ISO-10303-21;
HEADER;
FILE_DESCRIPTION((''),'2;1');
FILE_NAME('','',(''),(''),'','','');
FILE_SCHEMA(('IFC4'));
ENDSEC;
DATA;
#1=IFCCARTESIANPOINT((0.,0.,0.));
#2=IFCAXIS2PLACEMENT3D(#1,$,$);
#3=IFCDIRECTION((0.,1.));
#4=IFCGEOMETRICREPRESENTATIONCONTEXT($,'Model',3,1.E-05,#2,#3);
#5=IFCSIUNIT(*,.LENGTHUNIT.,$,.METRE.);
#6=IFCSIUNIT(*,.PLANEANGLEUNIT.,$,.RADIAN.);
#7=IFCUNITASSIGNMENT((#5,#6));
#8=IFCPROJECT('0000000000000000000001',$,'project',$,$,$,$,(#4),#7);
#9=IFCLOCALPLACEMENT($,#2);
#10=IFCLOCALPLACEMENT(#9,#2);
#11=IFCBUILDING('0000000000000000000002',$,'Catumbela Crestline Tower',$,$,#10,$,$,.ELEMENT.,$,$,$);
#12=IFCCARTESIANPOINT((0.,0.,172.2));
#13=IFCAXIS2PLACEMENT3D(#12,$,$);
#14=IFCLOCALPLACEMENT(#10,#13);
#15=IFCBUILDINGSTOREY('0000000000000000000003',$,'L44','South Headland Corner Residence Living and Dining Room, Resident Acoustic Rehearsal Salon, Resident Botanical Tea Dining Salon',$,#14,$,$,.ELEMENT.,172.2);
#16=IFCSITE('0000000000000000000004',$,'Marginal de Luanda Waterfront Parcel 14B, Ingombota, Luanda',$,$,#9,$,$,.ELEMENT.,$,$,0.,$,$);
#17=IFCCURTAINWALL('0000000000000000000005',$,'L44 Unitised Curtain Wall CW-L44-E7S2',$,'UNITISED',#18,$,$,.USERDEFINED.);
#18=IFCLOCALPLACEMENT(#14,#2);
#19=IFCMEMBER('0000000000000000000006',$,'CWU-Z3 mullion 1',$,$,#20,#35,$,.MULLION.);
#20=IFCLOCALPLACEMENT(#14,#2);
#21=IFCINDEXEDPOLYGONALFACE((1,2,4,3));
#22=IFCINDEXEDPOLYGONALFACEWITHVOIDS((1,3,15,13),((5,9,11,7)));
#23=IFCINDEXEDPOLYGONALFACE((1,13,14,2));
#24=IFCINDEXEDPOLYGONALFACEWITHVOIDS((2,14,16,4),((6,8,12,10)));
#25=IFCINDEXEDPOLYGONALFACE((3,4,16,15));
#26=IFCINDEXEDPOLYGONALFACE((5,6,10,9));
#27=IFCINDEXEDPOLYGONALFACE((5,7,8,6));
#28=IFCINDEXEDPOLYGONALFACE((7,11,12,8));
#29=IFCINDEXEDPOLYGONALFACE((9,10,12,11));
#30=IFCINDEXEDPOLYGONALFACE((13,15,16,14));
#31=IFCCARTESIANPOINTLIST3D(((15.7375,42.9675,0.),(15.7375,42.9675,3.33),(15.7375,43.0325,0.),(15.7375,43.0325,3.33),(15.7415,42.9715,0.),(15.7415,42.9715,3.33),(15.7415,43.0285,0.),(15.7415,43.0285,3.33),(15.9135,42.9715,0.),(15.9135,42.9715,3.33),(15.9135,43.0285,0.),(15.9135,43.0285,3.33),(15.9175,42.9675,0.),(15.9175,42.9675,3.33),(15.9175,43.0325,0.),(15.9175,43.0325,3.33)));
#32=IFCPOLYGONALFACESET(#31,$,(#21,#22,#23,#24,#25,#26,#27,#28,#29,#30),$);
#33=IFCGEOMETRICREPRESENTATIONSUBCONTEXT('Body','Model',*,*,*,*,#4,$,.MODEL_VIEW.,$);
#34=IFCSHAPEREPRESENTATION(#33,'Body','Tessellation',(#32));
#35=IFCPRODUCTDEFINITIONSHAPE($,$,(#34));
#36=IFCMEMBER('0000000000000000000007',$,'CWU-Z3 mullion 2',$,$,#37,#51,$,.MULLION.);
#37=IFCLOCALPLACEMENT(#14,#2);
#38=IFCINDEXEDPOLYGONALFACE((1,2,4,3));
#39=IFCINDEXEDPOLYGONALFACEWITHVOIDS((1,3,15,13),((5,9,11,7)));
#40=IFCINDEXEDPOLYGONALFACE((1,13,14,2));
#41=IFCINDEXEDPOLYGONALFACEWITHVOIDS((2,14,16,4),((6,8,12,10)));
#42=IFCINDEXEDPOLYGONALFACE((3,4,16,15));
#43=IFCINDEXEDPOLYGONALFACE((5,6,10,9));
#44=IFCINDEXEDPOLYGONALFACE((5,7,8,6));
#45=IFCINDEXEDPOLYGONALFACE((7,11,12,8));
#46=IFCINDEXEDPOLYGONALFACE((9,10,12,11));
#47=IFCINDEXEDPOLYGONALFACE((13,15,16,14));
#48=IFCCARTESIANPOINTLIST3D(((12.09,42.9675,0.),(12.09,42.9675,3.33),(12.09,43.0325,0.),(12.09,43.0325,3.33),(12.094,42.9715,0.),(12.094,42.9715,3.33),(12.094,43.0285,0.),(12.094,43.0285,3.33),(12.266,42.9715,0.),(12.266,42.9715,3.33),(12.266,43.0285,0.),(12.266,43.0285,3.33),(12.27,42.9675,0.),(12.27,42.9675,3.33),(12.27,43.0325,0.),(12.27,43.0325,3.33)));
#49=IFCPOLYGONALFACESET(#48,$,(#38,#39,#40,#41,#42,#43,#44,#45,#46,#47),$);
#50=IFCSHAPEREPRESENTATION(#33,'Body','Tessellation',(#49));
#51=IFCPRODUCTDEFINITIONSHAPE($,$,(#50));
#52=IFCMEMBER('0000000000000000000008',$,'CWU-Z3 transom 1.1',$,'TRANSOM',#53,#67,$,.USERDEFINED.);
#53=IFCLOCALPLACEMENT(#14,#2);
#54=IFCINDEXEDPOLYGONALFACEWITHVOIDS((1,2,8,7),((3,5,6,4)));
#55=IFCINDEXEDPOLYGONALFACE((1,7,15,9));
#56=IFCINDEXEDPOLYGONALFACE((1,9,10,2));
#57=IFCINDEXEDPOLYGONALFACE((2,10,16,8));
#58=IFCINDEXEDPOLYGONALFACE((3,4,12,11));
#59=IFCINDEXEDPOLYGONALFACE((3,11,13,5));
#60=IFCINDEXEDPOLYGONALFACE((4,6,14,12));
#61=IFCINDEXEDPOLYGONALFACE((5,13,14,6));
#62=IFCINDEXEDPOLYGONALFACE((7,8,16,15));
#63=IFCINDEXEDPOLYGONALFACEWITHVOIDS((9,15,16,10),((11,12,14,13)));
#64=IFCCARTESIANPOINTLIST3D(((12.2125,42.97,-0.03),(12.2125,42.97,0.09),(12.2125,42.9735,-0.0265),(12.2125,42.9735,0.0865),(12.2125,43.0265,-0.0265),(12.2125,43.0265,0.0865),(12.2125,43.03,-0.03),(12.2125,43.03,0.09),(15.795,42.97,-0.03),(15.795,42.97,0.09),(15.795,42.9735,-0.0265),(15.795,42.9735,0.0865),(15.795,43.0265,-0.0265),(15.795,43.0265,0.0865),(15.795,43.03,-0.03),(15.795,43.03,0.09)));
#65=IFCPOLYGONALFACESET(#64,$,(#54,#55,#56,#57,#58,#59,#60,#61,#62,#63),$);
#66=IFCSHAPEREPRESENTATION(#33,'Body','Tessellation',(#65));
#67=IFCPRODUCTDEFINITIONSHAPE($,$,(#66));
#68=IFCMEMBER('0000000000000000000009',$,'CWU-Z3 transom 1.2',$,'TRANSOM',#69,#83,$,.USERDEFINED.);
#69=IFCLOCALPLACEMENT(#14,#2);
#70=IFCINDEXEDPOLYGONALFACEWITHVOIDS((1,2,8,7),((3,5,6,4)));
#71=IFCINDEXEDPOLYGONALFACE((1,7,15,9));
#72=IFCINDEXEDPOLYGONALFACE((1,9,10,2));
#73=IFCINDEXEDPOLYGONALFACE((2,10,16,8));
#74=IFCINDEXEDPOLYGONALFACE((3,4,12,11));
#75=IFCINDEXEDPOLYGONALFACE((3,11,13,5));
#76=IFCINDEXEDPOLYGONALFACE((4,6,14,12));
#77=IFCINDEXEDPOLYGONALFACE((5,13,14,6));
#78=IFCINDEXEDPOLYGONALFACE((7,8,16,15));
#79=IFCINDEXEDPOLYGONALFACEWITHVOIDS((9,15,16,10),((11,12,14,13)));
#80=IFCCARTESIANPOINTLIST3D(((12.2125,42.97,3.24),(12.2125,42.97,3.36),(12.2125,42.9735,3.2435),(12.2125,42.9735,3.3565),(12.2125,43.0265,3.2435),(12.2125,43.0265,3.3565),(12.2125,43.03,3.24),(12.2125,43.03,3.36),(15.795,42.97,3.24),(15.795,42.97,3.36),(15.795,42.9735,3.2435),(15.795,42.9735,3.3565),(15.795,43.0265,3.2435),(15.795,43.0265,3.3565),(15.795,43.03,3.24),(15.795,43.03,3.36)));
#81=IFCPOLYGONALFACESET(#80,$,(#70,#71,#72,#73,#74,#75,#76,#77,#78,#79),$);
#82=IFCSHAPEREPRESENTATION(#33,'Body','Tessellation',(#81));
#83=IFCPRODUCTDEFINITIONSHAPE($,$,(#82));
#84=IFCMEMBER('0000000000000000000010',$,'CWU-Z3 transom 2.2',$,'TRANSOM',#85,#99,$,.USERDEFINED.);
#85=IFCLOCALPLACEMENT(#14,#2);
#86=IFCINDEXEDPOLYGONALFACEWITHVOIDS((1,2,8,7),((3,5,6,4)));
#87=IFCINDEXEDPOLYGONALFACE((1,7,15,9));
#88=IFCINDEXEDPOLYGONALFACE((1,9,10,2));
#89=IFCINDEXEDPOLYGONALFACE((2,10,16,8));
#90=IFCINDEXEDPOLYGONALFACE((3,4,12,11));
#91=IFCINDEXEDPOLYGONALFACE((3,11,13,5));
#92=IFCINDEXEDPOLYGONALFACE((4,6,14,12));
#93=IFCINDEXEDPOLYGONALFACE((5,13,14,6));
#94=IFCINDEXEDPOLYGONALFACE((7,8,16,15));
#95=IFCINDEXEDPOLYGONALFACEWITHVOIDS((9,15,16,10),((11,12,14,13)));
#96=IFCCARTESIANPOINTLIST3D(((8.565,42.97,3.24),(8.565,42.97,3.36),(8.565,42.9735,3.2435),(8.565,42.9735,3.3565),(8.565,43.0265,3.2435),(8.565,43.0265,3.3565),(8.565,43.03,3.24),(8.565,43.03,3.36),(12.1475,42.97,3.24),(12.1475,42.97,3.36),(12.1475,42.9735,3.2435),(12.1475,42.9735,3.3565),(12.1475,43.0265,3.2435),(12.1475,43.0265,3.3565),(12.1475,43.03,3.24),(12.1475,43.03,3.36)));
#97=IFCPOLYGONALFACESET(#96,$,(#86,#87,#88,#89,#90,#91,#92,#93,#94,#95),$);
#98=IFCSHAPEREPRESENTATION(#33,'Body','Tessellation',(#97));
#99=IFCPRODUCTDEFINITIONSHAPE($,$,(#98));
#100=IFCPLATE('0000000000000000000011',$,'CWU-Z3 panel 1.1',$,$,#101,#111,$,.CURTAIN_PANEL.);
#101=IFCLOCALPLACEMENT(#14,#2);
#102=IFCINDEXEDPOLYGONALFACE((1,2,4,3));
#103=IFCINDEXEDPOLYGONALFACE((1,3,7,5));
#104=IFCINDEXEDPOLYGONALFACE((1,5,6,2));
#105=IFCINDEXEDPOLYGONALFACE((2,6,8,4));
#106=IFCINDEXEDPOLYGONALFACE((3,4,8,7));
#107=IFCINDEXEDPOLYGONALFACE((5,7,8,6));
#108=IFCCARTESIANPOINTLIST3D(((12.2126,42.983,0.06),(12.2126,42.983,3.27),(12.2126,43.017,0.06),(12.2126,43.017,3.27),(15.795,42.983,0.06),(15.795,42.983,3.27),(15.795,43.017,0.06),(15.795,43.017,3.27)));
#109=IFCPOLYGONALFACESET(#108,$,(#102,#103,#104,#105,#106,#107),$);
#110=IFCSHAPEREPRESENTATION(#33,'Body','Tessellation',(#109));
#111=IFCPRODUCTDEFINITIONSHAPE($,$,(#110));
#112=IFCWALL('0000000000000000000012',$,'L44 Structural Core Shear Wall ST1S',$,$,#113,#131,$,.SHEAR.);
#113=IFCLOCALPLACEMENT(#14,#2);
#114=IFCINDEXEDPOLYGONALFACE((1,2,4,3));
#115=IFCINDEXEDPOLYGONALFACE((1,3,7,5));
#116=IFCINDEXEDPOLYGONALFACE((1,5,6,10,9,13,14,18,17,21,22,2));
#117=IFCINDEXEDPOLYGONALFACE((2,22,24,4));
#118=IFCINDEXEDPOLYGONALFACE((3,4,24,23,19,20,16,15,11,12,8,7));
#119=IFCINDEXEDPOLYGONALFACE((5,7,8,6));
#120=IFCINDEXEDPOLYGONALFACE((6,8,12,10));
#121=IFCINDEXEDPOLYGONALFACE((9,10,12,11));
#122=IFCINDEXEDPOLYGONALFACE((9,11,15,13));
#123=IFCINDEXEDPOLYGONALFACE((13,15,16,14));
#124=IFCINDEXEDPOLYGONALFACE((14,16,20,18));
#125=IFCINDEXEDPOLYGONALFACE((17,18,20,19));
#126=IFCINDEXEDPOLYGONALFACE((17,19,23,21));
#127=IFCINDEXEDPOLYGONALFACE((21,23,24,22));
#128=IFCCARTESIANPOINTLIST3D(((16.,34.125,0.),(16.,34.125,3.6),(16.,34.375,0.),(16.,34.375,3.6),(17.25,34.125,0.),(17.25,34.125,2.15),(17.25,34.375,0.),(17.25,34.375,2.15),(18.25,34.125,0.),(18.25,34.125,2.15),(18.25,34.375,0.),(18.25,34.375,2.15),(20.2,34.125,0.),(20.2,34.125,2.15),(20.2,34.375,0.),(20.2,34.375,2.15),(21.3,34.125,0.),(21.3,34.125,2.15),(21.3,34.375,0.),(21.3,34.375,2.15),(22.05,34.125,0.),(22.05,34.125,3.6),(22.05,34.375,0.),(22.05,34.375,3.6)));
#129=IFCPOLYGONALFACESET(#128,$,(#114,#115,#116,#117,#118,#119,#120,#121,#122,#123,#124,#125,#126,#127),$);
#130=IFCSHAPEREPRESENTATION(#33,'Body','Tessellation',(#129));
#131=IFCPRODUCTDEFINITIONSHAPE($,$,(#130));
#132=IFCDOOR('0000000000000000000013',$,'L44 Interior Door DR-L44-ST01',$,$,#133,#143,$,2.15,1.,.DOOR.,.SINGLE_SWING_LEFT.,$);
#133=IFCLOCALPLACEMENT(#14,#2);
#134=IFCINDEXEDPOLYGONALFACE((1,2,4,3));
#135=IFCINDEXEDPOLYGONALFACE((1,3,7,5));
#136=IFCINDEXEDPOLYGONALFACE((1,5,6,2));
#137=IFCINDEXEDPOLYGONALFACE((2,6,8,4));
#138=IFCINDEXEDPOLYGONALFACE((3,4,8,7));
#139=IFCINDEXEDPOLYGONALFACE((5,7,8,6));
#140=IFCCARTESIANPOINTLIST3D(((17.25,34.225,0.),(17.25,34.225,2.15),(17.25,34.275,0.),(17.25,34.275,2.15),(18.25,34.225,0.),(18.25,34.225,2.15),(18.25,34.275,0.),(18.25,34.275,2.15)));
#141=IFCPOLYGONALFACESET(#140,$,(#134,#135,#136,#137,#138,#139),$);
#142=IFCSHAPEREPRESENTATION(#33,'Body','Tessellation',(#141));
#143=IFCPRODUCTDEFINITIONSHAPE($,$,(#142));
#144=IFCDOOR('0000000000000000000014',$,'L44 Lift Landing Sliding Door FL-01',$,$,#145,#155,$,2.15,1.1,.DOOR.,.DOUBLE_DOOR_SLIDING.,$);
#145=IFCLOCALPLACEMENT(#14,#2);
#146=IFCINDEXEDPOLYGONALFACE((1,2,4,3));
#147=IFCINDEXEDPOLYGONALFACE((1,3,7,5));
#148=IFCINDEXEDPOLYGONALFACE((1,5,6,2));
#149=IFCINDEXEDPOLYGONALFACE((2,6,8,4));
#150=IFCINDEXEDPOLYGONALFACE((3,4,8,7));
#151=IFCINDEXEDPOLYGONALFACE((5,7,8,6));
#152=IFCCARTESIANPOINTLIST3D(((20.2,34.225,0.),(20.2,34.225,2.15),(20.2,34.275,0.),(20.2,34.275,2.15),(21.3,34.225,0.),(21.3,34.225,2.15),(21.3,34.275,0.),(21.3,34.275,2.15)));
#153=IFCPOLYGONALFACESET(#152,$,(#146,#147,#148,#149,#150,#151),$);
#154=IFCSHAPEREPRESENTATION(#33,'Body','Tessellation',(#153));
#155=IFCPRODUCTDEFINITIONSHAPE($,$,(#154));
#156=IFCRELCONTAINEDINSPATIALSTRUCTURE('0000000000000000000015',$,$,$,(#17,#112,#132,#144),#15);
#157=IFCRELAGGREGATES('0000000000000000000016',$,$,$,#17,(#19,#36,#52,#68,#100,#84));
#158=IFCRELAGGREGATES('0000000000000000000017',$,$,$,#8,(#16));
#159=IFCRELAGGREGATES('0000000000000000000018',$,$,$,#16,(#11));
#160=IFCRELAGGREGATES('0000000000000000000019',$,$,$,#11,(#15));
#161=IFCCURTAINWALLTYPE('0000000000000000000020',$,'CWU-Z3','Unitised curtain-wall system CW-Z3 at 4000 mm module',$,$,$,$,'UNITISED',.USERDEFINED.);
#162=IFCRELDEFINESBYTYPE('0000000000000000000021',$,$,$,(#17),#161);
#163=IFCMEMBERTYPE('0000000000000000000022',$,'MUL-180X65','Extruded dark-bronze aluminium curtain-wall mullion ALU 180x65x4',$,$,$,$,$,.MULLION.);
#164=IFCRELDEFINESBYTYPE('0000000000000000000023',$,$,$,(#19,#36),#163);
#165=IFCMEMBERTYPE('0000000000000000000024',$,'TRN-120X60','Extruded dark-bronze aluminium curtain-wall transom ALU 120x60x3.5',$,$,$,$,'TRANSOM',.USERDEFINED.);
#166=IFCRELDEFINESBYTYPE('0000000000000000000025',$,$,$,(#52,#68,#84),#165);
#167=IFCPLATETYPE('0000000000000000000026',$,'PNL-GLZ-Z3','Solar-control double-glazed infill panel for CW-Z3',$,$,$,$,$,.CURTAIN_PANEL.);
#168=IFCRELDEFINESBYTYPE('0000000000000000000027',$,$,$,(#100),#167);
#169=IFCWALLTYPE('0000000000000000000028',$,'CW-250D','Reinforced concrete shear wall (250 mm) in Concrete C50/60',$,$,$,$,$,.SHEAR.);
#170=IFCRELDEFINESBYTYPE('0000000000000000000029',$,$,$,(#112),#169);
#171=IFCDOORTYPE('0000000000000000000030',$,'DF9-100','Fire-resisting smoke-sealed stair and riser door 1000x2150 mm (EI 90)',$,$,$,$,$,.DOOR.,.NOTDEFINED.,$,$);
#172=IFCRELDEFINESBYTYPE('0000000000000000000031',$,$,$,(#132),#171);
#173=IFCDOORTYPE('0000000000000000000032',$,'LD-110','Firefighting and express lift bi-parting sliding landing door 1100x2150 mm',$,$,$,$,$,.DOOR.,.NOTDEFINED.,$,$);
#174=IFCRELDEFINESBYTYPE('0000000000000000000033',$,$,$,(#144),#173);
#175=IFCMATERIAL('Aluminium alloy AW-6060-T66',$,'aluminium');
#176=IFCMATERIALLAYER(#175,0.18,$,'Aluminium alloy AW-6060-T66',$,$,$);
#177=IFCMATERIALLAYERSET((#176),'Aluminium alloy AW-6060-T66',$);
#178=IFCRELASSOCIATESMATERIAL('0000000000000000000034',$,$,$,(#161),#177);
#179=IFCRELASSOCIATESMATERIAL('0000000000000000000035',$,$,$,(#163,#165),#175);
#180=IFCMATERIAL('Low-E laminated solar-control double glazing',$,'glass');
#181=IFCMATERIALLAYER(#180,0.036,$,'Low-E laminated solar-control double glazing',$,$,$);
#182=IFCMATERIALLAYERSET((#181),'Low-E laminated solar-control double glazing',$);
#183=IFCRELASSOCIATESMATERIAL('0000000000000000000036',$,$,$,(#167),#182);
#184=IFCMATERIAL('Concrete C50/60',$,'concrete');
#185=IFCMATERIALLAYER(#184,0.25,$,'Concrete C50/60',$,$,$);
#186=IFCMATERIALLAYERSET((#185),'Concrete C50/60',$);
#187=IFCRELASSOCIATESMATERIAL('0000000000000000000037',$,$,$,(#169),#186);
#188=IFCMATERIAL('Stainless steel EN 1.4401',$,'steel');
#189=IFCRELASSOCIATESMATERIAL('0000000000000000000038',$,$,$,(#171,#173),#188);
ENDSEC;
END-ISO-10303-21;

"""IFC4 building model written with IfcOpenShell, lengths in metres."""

from ifc_helpers import new_model, si_unit, direction, frame, frame_2d, origin, origin_2d, place, context, subcontext, project, spatial, rectangle, hollow_rectangle, extrude, material, layer, layer_set, material_profile, profile_set, type_object, element, fill, aggregate, save


model = new_model("IFC4")

# Units and contexts
model_context = context("Model", 3, precision=1e-05, world=origin(), true_north=direction((0.0, 1.0)))
body_context = subcontext(model_context, "Body", "Model", "MODEL_VIEW")
ifc_project = project(units=[si_unit("LENGTHUNIT", "METRE"), si_unit("PLANEANGLEUNIT", "RADIAN")], contexts=[model_context])

# Site, building, storey
site_placement = place(None, origin())
site = spatial("IfcSite", under=ifc_project, at=site_placement, Name="Marginal de Luanda Waterfront Parcel 14B, Ingombota, Luanda", CompositionType="ELEMENT", RefElevation=0.0)
building_placement = place(site_placement, origin())
building = spatial("IfcBuilding", under=site, at=building_placement, Name="Catumbela Crestline Tower", CompositionType="ELEMENT")
storey_placement = place(building_placement, frame((0.0, 0.0, 172.2)))
storey = spatial("IfcBuildingStorey", under=building, at=storey_placement, Name="L44", Description="South Headland Corner Residence Living and Dining Room, Resident Acoustic Rehearsal Salon, Resident Botanical Tea Dining Salon", CompositionType="ELEMENT", Elevation=172.2)

# Curtain wall, members, plate
ifc_material_1 = material(Name="Aluminium alloy AW-6060-T66", Category="aluminium")
ifc_layer_1 = layer(ifc_material_1, 0.18, Name="Aluminium alloy AW-6060-T66")
ifc_layer_set_1 = layer_set([ifc_layer_1], Name="Aluminium alloy AW-6060-T66")
curtain_wall_type = type_object("IfcCurtainWallType", Name="CWU-Z3", Description="Unitised curtain-wall system CW-Z3 at 4000 mm module", ElementType="UNITISED", PredefinedType="USERDEFINED", material=ifc_layer_set_1)
curtain_wall_placement = place(storey_placement, origin())
curtain_wall = element("IfcCurtainWall", 1, at=curtain_wall_placement, inside=storey, type_object=curtain_wall_type, Name="L44 Unitised Curtain Wall CW-L44-E7S2", ObjectType="UNITISED", PredefinedType="USERDEFINED")
ifc_material_profile_1 = material_profile(ifc_material_1, hollow_rectangle(XDim=0.065, YDim=0.18, WallThickness=0.004, at=origin_2d()), Name="ALU 180x65x4")
ifc_profile_set_1 = profile_set([ifc_material_profile_1], Name="Aluminium alloy AW-6060-T66")
member_type_1 = type_object("IfcMemberType", Name="MUL-180X65", Description="Extruded dark-bronze aluminium curtain-wall mullion ALU 180x65x4", PredefinedType="MULLION", material=ifc_profile_set_1)
member_1_placement = place(storey_placement, frame((15.8275, 43.0, 0.0), z_axis=(0.0, 0.0, 1.0), x_axis=(0.0, -1.0, 0.0)))
member_1 = element("IfcMember", 2, at=member_1_placement, type_object=member_type_1, Name="CWU-Z3 mullion 1", PredefinedType="MULLION", context=body_context, shape_type="SweptSolid", body=[
    extrude(hollow_rectangle(XDim=0.065, YDim=0.18, WallThickness=0.004, at=origin_2d()), origin(), (0.0, 0.0, 1.0), 3.33),
])
member_2_placement = place(storey_placement, frame((12.18, 43.0, 0.0), z_axis=(0.0, 0.0, 1.0), x_axis=(0.0, -1.0, 0.0)))
member_2 = element("IfcMember", 3, at=member_2_placement, type_object=member_type_1, Name="CWU-Z3 mullion 2", PredefinedType="MULLION", context=body_context, shape_type="SweptSolid", body=[
    extrude(hollow_rectangle(XDim=0.065, YDim=0.18, WallThickness=0.004, at=origin_2d()), origin(), (0.0, 0.0, 1.0), 3.33),
])
ifc_material_profile_2 = material_profile(ifc_material_1, hollow_rectangle(XDim=0.06, YDim=0.12, WallThickness=0.0035, at=origin_2d()), Name="ALU 120x60x3.5")
ifc_profile_set_2 = profile_set([ifc_material_profile_2], Name="Aluminium alloy AW-6060-T66")
member_type_2 = type_object("IfcMemberType", Name="TRN-120X60", Description="Extruded dark-bronze aluminium curtain-wall transom ALU 120x60x3.5", ElementType="TRANSOM", PredefinedType="USERDEFINED", material=ifc_profile_set_2)
member_3_placement = place(storey_placement, frame((15.795, 43.0, 0.03), z_axis=(-1.0, 0.0, 0.0), x_axis=(0.0, -1.0, 0.0)))
member_3 = element("IfcMember", 4, at=member_3_placement, type_object=member_type_2, Name="CWU-Z3 transom 1.1", ObjectType="TRANSOM", PredefinedType="USERDEFINED", context=body_context, shape_type="SweptSolid", body=[
    extrude(hollow_rectangle(XDim=0.06, YDim=0.12, WallThickness=0.0035, at=origin_2d()), origin(), (0.0, 0.0, 1.0), 3.5825),
])
member_4_placement = place(storey_placement, frame((15.795, 43.0, 3.3), z_axis=(-1.0, 0.0, 0.0), x_axis=(0.0, -1.0, 0.0)))
member_4 = element("IfcMember", 5, at=member_4_placement, type_object=member_type_2, Name="CWU-Z3 transom 1.2", ObjectType="TRANSOM", PredefinedType="USERDEFINED", context=body_context, shape_type="SweptSolid", body=[
    extrude(hollow_rectangle(XDim=0.06, YDim=0.12, WallThickness=0.0035, at=origin_2d()), origin(), (0.0, 0.0, 1.0), 3.5825),
])
member_5_placement = place(storey_placement, frame((12.1475, 43.0, 3.3), z_axis=(-1.0, 0.0, 0.0), x_axis=(0.0, -1.0, 0.0)))
member_5 = element("IfcMember", 6, at=member_5_placement, type_object=member_type_2, Name="CWU-Z3 transom 2.2", ObjectType="TRANSOM", PredefinedType="USERDEFINED", context=body_context, shape_type="SweptSolid", body=[
    extrude(hollow_rectangle(XDim=0.06, YDim=0.12, WallThickness=0.0035, at=origin_2d()), origin(), (0.0, 0.0, 1.0), 3.5825),
])
ifc_material_2 = material(Name="Low-E laminated solar-control double glazing", Category="glass")
ifc_layer_2 = layer(ifc_material_2, 0.036, Name="Low-E laminated solar-control double glazing")
ifc_layer_set_2 = layer_set([ifc_layer_2], Name="Low-E laminated solar-control double glazing")
plate_type = type_object("IfcPlateType", Name="PNL-GLZ-Z3", Description="Solar-control double-glazed infill panel for CW-Z3", PredefinedType="CURTAIN_PANEL", material=ifc_layer_set_2)
plate_placement = place(storey_placement, frame((14.0038, 43.0, 0.06), z_axis=(0.0, 0.0, 1.0), x_axis=(-1.0, 0.0, 0.0)))
plate = element("IfcPlate", 7, at=plate_placement, type_object=plate_type, Name="CWU-Z3 panel 1.1", PredefinedType="CURTAIN_PANEL", context=body_context, shape_type="SweptSolid", body=[
    extrude(rectangle(XDim=3.5825, YDim=0.034, at=origin_2d()), origin(), (0.0, 0.0, 1.0), 3.21),
])
aggregate(curtain_wall, [member_1, member_2, member_3, member_4, plate, member_5])

# Wall, openings, doors
ifc_material_3 = material(Name="Concrete C50/60", Category="concrete")
ifc_layer_3 = layer(ifc_material_3, 0.25, Name="Concrete C50/60")
ifc_layer_set_3 = layer_set([ifc_layer_3], Name="Concrete C50/60")
wall_type_1 = type_object("IfcWallType", Name="CW-250D", Description="Reinforced concrete shear wall (250 mm) in Concrete C50/60", PredefinedType="SHEAR", material=ifc_layer_set_3)
wall_1_placement = place(storey_placement, frame((16.0, 34.25, 0.0), z_axis=(0.0, 0.0, 1.0), x_axis=(1.0, 0.0, 0.0)))
wall_1 = element("IfcWall", 8, at=wall_1_placement, inside=storey, type_object=wall_type_1, Name="L44 Structural Core Shear Wall ST1S", PredefinedType="SHEAR", context=body_context, shape_type="SweptSolid", body=[
    extrude(rectangle(XDim=6.05, YDim=0.25, at=frame_2d((3.025, 0.0))), origin(), (0.0, 0.0, 1.0), 3.6),
])
opening_1_placement = place(wall_1_placement, frame((1.25, 0.0, 0.0)))
opening_1 = element("IfcOpeningElement", 9, at=opening_1_placement, cuts=wall_1, PredefinedType="OPENING", context=body_context, shape_type="SweptSolid", body=[
    extrude(rectangle(XDim=1.0, YDim=2.15, at=frame_2d((0.5, 1.075))), frame((0.0, 0.135, 0.0), z_axis=(0.0, -1.0, 0.0), x_axis=(1.0, 0.0, 0.0)), (0.0, 0.0, 1.0), 0.27),
])
opening_2_placement = place(wall_1_placement, frame((4.2, 0.0, 0.0)))
opening_2 = element("IfcOpeningElement", 10, at=opening_2_placement, cuts=wall_1, PredefinedType="OPENING", context=body_context, shape_type="SweptSolid", body=[
    extrude(rectangle(XDim=1.1, YDim=2.15, at=frame_2d((0.55, 1.075))), frame((0.0, 0.135, 0.0), z_axis=(0.0, -1.0, 0.0), x_axis=(1.0, 0.0, 0.0)), (0.0, 0.0, 1.0), 0.27),
])
ifc_material_4 = material(Name="Stainless steel EN 1.4401", Category="steel")
door_type_1 = type_object("IfcDoorType", Name="DF9-100", Description="Fire-resisting smoke-sealed stair and riser door 1000x2150 mm (EI 90)", OperationType="NOTDEFINED", PredefinedType="DOOR", material=ifc_material_4)
door_1_placement = place(opening_1_placement, origin())
door_1 = element("IfcDoor", 11, at=door_1_placement, inside=storey, type_object=door_type_1, Name="L44 Interior Door DR-L44-ST01", OperationType="SINGLE_SWING_LEFT", OverallHeight=2.15, OverallWidth=1.0, PredefinedType="DOOR", context=body_context, shape_type="SweptSolid", body=[
    extrude(rectangle(XDim=1.0, YDim=2.15, at=frame_2d((0.5, 1.075))), frame((0.0, 0.025, 0.0), z_axis=(0.0, -1.0, 0.0), x_axis=(1.0, 0.0, 0.0)), (0.0, 0.0, 1.0), 0.05),
])
fill(opening_1, door_1)
door_type_2 = type_object("IfcDoorType", Name="LD-110", Description="Firefighting and express lift bi-parting sliding landing door 1100x2150 mm", OperationType="NOTDEFINED", PredefinedType="DOOR", material=ifc_material_4)
door_2_placement = place(opening_2_placement, origin())
door_2 = element("IfcDoor", 12, at=door_2_placement, inside=storey, type_object=door_type_2, Name="L44 Lift Landing Sliding Door FL-01", OperationType="DOUBLE_DOOR_SLIDING", OverallHeight=2.15, OverallWidth=1.1, PredefinedType="DOOR", context=body_context, shape_type="SweptSolid", body=[
    extrude(rectangle(XDim=1.1, YDim=2.15, at=frame_2d((0.55, 1.075))), frame((0.0, 0.025, 0.0), z_axis=(0.0, -1.0, 0.0), x_axis=(1.0, 0.0, 0.0)), (0.0, 0.0, 1.0), 0.05),
])
fill(opening_2, door_2)

save(model, "model.ifc")
